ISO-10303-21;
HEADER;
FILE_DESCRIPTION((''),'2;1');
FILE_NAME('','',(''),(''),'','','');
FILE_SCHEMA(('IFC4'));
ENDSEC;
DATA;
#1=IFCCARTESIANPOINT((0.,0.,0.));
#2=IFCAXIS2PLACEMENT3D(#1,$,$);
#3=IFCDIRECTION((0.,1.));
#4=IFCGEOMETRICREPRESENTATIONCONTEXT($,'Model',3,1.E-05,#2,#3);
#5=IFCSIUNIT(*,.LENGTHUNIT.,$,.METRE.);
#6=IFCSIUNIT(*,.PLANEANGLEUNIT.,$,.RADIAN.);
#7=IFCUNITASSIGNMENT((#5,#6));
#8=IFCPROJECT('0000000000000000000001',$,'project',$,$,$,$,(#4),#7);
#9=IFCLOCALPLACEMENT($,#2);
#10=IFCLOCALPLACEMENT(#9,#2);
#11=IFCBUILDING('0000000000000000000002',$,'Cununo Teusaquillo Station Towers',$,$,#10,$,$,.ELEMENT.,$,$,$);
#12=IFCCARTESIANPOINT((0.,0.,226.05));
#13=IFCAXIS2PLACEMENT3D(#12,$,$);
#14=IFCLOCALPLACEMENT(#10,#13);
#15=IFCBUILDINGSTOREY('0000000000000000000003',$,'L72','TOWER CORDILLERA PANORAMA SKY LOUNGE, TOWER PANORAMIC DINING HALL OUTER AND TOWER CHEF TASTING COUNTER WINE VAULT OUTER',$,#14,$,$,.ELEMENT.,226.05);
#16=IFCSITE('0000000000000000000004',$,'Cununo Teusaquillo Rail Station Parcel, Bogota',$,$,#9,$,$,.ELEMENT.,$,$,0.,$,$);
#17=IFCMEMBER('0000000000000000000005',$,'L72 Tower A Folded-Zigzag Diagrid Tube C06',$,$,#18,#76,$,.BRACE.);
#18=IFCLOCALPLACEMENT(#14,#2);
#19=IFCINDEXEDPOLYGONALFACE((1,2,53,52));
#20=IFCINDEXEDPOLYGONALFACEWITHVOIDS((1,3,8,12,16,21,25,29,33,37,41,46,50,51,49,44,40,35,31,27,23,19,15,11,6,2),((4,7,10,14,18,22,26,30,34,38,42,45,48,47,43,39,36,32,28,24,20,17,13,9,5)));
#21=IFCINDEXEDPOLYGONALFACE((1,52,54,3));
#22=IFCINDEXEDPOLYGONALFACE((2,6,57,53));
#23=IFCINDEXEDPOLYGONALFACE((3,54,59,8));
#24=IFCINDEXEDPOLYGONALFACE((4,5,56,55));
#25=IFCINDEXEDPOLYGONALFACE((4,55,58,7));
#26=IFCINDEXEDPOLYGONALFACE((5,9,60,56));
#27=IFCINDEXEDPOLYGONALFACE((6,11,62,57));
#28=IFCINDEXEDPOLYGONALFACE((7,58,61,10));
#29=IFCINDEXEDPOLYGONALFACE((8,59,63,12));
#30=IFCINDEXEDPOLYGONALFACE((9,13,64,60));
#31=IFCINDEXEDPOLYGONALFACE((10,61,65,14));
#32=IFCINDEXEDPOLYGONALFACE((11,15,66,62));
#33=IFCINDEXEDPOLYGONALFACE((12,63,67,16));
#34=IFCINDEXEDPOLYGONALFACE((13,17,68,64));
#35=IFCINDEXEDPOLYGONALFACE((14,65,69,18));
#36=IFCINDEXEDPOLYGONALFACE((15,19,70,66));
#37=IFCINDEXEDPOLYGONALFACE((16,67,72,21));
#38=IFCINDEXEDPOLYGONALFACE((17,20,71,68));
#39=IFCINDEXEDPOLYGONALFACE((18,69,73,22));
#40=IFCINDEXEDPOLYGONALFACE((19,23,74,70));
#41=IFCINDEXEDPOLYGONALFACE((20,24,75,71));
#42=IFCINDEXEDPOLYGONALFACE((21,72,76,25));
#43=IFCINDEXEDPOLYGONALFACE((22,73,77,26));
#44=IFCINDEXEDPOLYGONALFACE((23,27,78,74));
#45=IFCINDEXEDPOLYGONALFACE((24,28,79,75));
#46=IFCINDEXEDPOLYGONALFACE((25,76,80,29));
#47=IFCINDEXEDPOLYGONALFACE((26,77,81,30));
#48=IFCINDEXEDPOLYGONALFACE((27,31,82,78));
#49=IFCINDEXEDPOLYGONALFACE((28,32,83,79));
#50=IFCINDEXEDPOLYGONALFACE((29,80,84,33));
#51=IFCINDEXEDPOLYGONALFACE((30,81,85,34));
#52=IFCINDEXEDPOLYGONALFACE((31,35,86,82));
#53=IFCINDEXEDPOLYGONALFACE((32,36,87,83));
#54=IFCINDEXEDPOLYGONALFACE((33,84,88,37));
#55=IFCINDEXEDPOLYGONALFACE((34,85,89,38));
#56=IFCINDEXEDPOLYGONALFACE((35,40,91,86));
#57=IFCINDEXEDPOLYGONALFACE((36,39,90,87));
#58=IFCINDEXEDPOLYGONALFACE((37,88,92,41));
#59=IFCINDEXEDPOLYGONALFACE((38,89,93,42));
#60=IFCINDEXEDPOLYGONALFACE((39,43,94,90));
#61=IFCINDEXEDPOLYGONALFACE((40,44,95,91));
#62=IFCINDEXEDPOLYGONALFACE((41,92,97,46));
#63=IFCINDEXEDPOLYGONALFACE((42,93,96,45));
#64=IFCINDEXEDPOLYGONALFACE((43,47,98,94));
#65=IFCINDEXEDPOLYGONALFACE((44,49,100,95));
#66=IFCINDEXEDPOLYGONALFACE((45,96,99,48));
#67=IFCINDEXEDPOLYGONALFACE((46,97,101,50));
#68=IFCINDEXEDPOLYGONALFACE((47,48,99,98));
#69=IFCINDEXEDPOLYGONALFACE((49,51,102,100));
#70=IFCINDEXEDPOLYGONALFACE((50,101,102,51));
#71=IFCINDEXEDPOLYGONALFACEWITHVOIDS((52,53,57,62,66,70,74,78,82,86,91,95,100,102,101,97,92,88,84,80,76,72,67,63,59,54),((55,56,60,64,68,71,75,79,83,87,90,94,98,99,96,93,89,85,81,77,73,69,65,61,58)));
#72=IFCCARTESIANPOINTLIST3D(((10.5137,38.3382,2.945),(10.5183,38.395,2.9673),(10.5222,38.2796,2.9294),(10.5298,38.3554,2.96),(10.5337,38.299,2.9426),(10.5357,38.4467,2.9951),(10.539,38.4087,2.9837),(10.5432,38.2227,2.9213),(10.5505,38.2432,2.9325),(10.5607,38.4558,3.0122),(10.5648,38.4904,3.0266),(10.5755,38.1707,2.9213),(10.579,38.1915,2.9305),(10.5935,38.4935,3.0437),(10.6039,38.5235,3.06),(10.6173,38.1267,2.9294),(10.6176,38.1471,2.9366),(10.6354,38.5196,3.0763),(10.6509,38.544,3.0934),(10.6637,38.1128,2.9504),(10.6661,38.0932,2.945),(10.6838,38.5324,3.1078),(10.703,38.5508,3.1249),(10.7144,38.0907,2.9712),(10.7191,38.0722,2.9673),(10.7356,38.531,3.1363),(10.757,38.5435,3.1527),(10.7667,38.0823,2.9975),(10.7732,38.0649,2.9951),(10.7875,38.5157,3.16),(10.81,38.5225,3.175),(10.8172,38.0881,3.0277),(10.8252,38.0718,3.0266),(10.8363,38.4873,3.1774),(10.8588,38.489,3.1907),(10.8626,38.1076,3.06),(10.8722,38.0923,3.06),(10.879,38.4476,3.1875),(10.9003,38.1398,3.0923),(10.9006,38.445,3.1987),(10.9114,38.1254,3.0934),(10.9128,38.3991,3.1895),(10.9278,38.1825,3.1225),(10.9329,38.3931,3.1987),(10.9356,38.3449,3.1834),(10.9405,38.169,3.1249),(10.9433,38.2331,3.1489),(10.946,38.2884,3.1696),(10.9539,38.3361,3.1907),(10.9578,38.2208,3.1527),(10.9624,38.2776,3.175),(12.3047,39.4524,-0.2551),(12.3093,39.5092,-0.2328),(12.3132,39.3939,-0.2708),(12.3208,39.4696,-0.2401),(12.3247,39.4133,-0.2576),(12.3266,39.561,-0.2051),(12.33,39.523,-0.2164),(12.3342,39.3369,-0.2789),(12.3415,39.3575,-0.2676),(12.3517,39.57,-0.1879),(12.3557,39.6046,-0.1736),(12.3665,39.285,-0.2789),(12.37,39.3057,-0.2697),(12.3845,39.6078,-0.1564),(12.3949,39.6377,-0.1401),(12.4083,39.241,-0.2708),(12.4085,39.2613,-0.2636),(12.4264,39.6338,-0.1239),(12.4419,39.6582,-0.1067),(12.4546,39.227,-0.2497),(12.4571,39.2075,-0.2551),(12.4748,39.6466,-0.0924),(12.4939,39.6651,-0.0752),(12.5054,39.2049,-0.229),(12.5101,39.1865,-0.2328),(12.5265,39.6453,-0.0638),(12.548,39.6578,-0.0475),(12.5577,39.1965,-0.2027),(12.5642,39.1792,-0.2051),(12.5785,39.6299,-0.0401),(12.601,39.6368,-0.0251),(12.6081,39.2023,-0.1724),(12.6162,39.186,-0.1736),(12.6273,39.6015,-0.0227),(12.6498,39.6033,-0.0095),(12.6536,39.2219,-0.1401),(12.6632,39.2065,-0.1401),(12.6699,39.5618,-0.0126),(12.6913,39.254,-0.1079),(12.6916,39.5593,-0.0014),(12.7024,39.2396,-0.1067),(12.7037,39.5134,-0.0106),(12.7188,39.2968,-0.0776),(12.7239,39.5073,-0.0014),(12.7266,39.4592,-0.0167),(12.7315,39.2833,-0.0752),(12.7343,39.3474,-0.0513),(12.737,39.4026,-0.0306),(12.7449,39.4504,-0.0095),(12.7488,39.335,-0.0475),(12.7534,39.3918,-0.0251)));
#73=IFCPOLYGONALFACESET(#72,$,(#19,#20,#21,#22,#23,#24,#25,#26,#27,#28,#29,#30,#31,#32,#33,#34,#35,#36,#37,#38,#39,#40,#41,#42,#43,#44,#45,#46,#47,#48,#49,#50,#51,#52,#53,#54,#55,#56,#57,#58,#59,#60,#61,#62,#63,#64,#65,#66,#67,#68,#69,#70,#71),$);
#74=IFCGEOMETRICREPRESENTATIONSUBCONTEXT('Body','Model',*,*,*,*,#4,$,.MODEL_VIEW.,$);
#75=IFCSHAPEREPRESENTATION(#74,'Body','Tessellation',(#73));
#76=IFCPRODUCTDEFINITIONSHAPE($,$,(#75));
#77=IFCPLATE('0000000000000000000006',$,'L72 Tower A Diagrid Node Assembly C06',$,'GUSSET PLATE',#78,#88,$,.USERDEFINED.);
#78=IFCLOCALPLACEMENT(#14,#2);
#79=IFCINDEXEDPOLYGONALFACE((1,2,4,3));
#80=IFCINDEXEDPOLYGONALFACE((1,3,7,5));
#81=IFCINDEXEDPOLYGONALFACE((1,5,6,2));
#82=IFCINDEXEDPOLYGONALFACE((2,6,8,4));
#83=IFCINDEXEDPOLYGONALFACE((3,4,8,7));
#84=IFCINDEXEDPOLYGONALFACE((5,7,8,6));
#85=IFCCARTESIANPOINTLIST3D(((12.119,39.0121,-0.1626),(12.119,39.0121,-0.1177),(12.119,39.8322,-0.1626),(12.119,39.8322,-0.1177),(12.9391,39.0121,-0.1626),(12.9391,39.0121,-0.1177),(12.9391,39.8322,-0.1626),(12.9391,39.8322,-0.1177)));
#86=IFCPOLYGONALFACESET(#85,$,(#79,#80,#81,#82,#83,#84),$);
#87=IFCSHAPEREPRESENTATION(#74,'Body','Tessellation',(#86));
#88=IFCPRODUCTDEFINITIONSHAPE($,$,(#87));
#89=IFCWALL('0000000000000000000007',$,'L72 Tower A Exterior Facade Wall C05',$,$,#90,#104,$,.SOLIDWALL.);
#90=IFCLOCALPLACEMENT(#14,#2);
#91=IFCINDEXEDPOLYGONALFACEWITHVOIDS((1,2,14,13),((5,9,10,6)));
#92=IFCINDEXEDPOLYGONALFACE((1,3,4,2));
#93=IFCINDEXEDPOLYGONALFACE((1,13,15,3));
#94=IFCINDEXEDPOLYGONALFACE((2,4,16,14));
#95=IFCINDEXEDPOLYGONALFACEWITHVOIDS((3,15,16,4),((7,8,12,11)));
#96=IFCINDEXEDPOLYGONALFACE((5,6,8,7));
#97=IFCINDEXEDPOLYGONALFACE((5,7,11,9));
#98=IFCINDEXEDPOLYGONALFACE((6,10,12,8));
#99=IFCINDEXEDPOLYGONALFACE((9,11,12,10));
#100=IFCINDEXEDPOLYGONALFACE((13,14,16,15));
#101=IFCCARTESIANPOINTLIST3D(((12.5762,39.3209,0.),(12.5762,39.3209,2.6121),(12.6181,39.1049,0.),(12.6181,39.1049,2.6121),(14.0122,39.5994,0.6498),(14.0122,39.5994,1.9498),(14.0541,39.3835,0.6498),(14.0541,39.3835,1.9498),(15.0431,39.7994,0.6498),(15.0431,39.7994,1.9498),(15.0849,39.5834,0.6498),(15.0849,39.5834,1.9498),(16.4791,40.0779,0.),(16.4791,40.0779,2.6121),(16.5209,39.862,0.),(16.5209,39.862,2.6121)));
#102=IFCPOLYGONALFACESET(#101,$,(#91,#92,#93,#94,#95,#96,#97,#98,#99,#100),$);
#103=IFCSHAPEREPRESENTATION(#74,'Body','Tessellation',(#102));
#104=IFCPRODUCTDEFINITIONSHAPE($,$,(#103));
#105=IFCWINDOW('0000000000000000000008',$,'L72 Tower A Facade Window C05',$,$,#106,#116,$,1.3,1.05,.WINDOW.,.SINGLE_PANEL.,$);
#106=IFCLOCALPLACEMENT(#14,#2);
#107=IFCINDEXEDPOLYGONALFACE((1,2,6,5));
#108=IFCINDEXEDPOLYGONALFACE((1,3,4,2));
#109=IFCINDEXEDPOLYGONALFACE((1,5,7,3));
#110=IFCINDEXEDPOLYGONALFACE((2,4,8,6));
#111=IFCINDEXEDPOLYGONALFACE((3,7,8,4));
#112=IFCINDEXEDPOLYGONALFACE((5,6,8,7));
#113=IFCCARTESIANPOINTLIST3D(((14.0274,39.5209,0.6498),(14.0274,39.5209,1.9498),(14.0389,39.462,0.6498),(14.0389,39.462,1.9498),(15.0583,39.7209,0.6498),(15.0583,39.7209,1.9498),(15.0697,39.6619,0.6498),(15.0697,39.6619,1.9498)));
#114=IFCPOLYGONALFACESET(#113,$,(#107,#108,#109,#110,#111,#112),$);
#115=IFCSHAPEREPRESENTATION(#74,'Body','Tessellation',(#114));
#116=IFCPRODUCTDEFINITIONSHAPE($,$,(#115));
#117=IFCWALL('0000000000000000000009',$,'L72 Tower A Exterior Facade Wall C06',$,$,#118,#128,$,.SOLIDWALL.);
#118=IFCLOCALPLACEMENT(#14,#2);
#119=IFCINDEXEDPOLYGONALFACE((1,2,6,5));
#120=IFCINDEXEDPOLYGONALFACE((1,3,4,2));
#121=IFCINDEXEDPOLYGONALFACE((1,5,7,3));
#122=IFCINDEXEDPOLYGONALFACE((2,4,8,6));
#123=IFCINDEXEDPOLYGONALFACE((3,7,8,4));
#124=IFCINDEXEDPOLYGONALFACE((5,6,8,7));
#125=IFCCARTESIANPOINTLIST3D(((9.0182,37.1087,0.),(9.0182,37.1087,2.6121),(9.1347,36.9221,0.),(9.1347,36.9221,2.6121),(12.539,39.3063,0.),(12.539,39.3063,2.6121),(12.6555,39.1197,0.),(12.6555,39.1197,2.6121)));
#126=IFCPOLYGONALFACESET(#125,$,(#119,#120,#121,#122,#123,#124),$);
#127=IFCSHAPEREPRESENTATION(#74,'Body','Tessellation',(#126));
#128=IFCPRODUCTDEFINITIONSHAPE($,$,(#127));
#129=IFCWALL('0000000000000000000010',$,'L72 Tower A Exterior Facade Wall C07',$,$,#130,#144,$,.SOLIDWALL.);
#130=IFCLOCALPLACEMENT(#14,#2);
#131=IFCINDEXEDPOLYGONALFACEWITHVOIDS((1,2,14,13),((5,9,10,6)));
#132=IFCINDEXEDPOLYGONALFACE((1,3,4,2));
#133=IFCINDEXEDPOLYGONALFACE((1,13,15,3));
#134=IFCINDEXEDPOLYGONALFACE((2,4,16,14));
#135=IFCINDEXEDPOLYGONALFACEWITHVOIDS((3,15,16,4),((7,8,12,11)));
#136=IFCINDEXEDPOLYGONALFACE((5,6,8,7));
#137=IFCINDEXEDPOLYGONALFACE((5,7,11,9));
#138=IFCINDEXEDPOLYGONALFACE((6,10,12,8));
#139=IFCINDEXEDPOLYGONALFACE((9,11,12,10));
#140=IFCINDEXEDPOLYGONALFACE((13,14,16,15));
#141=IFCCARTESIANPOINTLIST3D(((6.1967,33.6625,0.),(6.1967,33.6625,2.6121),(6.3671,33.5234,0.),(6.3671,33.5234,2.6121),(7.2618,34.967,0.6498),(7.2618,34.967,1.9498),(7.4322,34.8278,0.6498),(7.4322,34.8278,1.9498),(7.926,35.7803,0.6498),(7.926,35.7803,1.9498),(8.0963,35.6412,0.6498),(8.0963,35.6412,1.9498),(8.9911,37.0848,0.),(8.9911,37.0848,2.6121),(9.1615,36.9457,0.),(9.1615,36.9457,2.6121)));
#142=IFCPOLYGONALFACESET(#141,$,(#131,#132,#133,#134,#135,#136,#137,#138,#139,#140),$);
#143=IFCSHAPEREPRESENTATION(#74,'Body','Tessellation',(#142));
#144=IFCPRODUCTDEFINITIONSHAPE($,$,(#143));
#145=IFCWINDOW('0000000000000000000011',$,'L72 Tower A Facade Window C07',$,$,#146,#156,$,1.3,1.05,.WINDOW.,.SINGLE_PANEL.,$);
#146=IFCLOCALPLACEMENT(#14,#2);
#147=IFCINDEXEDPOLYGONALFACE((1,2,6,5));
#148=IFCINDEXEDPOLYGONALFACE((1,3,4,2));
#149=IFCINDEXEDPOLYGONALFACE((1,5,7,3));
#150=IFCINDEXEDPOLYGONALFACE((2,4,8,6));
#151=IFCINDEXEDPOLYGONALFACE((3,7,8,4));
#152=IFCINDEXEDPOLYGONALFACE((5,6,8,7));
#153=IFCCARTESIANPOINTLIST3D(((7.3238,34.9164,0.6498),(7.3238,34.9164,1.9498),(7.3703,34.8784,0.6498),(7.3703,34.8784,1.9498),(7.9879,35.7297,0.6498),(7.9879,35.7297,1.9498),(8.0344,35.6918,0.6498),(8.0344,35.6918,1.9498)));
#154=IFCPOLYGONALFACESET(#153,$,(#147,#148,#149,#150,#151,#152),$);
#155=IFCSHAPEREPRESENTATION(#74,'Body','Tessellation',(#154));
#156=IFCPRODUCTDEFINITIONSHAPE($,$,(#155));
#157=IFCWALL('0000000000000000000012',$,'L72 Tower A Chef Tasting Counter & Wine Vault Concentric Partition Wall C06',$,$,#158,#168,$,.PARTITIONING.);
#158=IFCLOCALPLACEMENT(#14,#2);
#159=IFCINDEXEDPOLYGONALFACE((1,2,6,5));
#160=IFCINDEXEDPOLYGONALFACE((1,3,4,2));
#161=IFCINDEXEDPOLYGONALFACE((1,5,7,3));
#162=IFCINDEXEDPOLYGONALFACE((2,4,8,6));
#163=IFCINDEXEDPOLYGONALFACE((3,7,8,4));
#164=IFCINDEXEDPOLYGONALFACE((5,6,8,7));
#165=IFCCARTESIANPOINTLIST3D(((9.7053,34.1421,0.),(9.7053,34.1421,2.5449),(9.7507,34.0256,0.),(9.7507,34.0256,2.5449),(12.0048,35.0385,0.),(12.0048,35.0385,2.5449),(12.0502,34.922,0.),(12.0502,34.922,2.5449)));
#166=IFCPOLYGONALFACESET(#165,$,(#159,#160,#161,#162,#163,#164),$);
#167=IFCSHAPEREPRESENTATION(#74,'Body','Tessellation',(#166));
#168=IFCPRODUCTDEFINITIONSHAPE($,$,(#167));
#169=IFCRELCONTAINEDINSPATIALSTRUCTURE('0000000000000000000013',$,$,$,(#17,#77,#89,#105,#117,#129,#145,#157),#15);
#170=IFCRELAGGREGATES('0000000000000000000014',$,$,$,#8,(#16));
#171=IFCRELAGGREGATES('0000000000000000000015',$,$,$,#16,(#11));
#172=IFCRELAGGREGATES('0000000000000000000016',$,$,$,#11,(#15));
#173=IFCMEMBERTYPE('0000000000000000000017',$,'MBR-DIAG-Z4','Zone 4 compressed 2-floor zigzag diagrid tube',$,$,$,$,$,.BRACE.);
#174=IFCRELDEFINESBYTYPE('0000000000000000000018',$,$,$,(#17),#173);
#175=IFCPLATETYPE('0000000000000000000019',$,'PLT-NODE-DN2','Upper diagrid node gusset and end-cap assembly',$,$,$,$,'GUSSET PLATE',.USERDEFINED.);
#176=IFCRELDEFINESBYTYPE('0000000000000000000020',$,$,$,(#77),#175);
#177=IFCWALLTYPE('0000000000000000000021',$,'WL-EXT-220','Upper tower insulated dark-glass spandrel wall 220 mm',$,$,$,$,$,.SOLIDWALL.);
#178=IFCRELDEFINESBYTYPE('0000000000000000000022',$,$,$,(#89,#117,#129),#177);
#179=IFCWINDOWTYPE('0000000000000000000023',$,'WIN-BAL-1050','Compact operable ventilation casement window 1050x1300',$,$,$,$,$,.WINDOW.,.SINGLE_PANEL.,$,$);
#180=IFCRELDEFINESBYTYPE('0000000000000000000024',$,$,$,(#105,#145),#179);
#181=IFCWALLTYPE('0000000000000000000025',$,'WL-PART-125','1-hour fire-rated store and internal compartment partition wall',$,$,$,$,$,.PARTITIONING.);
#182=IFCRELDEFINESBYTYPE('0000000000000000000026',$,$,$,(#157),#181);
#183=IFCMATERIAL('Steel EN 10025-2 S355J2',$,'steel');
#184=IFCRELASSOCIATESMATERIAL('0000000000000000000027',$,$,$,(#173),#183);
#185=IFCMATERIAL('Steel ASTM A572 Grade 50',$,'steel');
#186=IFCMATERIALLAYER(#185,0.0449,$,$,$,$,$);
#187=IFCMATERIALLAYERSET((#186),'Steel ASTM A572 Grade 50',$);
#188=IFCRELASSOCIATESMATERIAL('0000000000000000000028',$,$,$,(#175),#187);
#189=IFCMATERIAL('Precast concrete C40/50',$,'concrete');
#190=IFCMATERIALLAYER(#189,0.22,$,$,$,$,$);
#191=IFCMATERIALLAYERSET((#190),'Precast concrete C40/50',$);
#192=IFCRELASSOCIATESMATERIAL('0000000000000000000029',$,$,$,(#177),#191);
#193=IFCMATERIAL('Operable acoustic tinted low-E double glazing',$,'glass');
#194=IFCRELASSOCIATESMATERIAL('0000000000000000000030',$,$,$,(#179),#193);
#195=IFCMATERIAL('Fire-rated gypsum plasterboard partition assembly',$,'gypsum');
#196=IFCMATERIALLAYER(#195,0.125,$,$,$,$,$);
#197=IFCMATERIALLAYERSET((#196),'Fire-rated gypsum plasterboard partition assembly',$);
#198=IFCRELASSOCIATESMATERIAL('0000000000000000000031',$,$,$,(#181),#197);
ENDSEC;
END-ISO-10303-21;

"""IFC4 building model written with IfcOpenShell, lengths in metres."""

from ifc_helpers import new_model, si_unit, direction, frame, frame_2d, origin, origin_2d, place, context, subcontext, project, spatial, rectangle, hollow_circle, extrude, source, transform, mapped, material, layer, layer_set, material_profile, profile_set, type_object, element, fill, save


model = new_model("IFC4")

# Units and contexts
model_context = context("Model", 3, precision=1e-05, world=origin(), true_north=direction((0.0, 1.0)))
body_context = subcontext(model_context, "Body", "Model", "MODEL_VIEW")
ifc_project = project(units=[si_unit("LENGTHUNIT", "METRE"), si_unit("PLANEANGLEUNIT", "RADIAN")], contexts=[model_context])

# Site, building, storey
site_placement = place(None, origin())
site = spatial("IfcSite", under=ifc_project, at=site_placement, Name="Cununo Teusaquillo Rail Station Parcel, Bogota", CompositionType="ELEMENT", RefElevation=0.0)
building_placement = place(site_placement, origin())
building = spatial("IfcBuilding", under=site, at=building_placement, Name="Cununo Teusaquillo Station Towers", CompositionType="ELEMENT")
storey_placement = place(building_placement, frame((0.0, 0.0, 226.05)))
storey = spatial("IfcBuildingStorey", under=building, at=storey_placement, Name="L72", Description="TOWER CORDILLERA PANORAMA SKY LOUNGE, TOWER PANORAMIC DINING HALL OUTER AND TOWER CHEF TASTING COUNTER WINE VAULT OUTER", CompositionType="ELEMENT", Elevation=226.05)

# Member
ifc_material_1 = material(Name="Steel EN 10025-2 S355J2", Category="steel")
ifc_material_profile_1 = material_profile(ifc_material_1, hollow_circle(Radius=0.2539, WallThickness=0.0181, at=origin_2d()), Name="CHS 508x18")
ifc_profile_set_1 = profile_set([ifc_material_profile_1], Name="Steel EN 10025-2 S355J2")
member_type = type_object("IfcMemberType", Name="MBR-DIAG-Z4", Description="Zone 4 compressed 2-floor zigzag diagrid tube", PredefinedType="BRACE", material=ifc_profile_set_1)
member_placement = place(storey_placement, frame((12.5291, 39.4221, -0.1401), z_axis=(-0.467283, -0.290714, 0.834944), x_axis=(0.52825, -0.849089, 0.0)))
element("IfcMember", 1, at=member_placement, inside=storey, type_object=member_type, Name="L72 Tower A Folded-Zigzag Diagrid Tube C06", PredefinedType="BRACE", context=body_context, shape_type="SweptSolid", body=[
    extrude(hollow_circle(Radius=0.2539, WallThickness=0.0181, at=origin_2d()), origin(), (0.0, 0.0, 1.0), 3.8328),
])

# Plate
ifc_material_2 = material(Name="Steel ASTM A572 Grade 50", Category="steel")
ifc_layer_1 = layer(ifc_material_2, 0.0449)
ifc_layer_set_1 = layer_set([ifc_layer_1], Name="Steel ASTM A572 Grade 50")
plate_type = type_object("IfcPlateType", Name="PLT-NODE-DN2", Description="Upper diagrid node gusset and end-cap assembly", ElementType="GUSSET PLATE", PredefinedType="USERDEFINED", material=ifc_layer_set_1)
shared_shape_1 = source(origin(), body_context, "Body", "SweptSolid", [
    extrude(rectangle(XDim=0.8201, YDim=0.8201, at=origin_2d()), origin(), (0.0, 0.0, 1.0), 0.0449),
])
plate_placement = place(storey_placement, frame((12.5291, 39.4221, -0.1626), z_axis=(0.0, 0.0, 1.0), x_axis=(1.0, 0.0, 0.0)))
element("IfcPlate", 2, at=plate_placement, inside=storey, type_object=plate_type, Name="L72 Tower A Diagrid Node Assembly C06", ObjectType="GUSSET PLATE", PredefinedType="USERDEFINED", context=body_context, shape_type="MappedRepresentation", body=[
    mapped(shared_shape_1, transform((0.0, 0.0, 0.0), x_axis=(1.0, 0.0, 0.0), y_axis=(0.0, 1.0, 0.0), z_axis=(0.0, 0.0, 1.0), scale=1.0)),
])

# Wall, opening, window
ifc_material_3 = material(Name="Precast concrete C40/50", Category="concrete")
ifc_layer_2 = layer(ifc_material_3, 0.22)
ifc_layer_set_2 = layer_set([ifc_layer_2], Name="Precast concrete C40/50")
wall_type_1 = type_object("IfcWallType", Name="WL-EXT-220", Description="Upper tower insulated dark-glass spandrel wall 220 mm", PredefinedType="SOLIDWALL", material=ifc_layer_set_2)
wall_1_placement = place(storey_placement, frame((12.5972, 39.2129, 0.0), z_axis=(0.0, 0.0, 1.0), x_axis=(0.9817, 0.190432, 0.0)))
wall_1 = element("IfcWall", 3, at=wall_1_placement, inside=storey, type_object=wall_type_1, Name="L72 Tower A Exterior Facade Wall C05", PredefinedType="SOLIDWALL", context=body_context, shape_type="SweptSolid", body=[
    extrude(rectangle(XDim=3.9756, YDim=0.22, at=frame_2d((1.9878, 0.0))), origin(), (0.0, 0.0, 1.0), 2.6121),
])
shared_shape_2 = source(origin(), body_context, "Body", "SweptSolid", [
    extrude(rectangle(XDim=1.05, YDim=1.3, at=frame_2d((0.5249, 0.6499))), frame((0.0, 0.1199, 0.0), z_axis=(0.0, -1.0, 0.0), x_axis=(1.0, 0.0, 0.0)), (0.0, 0.0, 1.0), 0.24),
])
opening_1_placement = place(wall_1_placement, frame((1.4629, 0.0, 0.6499)))
opening_1 = element("IfcOpeningElement", 4, at=opening_1_placement, cuts=wall_1, PredefinedType="OPENING", context=body_context, shape_type="MappedRepresentation", body=[
    mapped(shared_shape_2, transform((0.0, 0.0, 0.0), x_axis=(1.0, 0.0, 0.0), y_axis=(0.0, 1.0, 0.0), z_axis=(0.0, 0.0, 1.0), scale=1.0)),
])
ifc_material_4 = material(Name="Operable acoustic tinted low-E double glazing", Category="glass")
window_type = type_object("IfcWindowType", Name="WIN-BAL-1050", Description="Compact operable ventilation casement window 1050x1300", PartitioningType="SINGLE_PANEL", PredefinedType="WINDOW", material=ifc_material_4)
shared_shape_3 = source(origin(), body_context, "Body", "SweptSolid", [
    extrude(rectangle(XDim=1.05, YDim=1.3, at=frame_2d((0.5249, 0.6499))), frame((0.0, 0.03, 0.0), z_axis=(0.0, -1.0, 0.0), x_axis=(1.0, 0.0, 0.0)), (0.0, 0.0, 1.0), 0.0601),
])
window_1_placement = place(opening_1_placement, origin())
window_1 = element("IfcWindow", 5, at=window_1_placement, inside=storey, type_object=window_type, Name="L72 Tower A Facade Window C05", OverallHeight=1.3, OverallWidth=1.05, PartitioningType="SINGLE_PANEL", PredefinedType="WINDOW", context=body_context, shape_type="MappedRepresentation", body=[
    mapped(shared_shape_3, transform((0.0, 0.0, 0.0), x_axis=(1.0, 0.0, 0.0), y_axis=(0.0, 1.0, 0.0), z_axis=(0.0, 0.0, 1.0), scale=1.0)),
])
fill(opening_1, window_1)

# Wall
wall_2_placement = place(storey_placement, frame((9.0764, 37.0154, 0.0), z_axis=(0.0, 0.0, 1.0), x_axis=(0.848319, 0.529486, 0.0)))
element("IfcWall", 6, at=wall_2_placement, inside=storey, type_object=wall_type_1, Name="L72 Tower A Exterior Facade Wall C06", PredefinedType="SOLIDWALL", context=body_context, shape_type="SweptSolid", body=[
    extrude(rectangle(XDim=4.1504, YDim=0.22, at=frame_2d((2.0752, 0.0))), origin(), (0.0, 0.0, 1.0), 2.6121),
])

# Wall, opening, window
wall_3_placement = place(storey_placement, frame((6.282, 33.593, 0.0), z_axis=(0.0, 0.0, 1.0), x_axis=(0.632467, 0.774587, 0.0)))
wall_3 = element("IfcWall", 7, at=wall_3_placement, inside=storey, type_object=wall_type_1, Name="L72 Tower A Exterior Facade Wall C07", PredefinedType="SOLIDWALL", context=body_context, shape_type="SweptSolid", body=[
    extrude(rectangle(XDim=4.4182, YDim=0.22, at=frame_2d((2.209, 0.0))), origin(), (0.0, 0.0, 1.0), 2.6121),
])
opening_2_placement = place(wall_3_placement, frame((1.6841, 0.0, 0.6499)))
opening_2 = element("IfcOpeningElement", 8, at=opening_2_placement, cuts=wall_3, PredefinedType="OPENING", context=body_context, shape_type="MappedRepresentation", body=[
    mapped(shared_shape_2, transform((0.0, 0.0, 0.0), x_axis=(1.0, 0.0, 0.0), y_axis=(0.0, 1.0, 0.0), z_axis=(0.0, 0.0, 1.0), scale=1.0)),
])
window_2_placement = place(opening_2_placement, origin())
window_2 = element("IfcWindow", 9, at=window_2_placement, inside=storey, type_object=window_type, Name="L72 Tower A Facade Window C07", OverallHeight=1.3, OverallWidth=1.05, PartitioningType="SINGLE_PANEL", PredefinedType="WINDOW", context=body_context, shape_type="MappedRepresentation", body=[
    mapped(shared_shape_3, transform((0.0, 0.0, 0.0), x_axis=(1.0, 0.0, 0.0), y_axis=(0.0, 1.0, 0.0), z_axis=(0.0, 0.0, 1.0), scale=1.0)),
])
fill(opening_2, window_2)

# Wall
ifc_material_5 = material(Name="Fire-rated gypsum plasterboard partition assembly", Category="gypsum")
ifc_layer_3 = layer(ifc_material_5, 0.125)
ifc_layer_set_3 = layer_set([ifc_layer_3], Name="Fire-rated gypsum plasterboard partition assembly")
wall_type_2 = type_object("IfcWallType", Name="WL-PART-125", Description="1-hour fire-rated store and internal compartment partition wall", PredefinedType="PARTITIONING", material=ifc_layer_set_3)
wall_4_placement = place(storey_placement, frame((12.0273, 34.9802, 0.0), z_axis=(0.0, 0.0, 1.0), x_axis=(-0.931702, -0.363224, 0.0)))
element("IfcWall", 10, at=wall_4_placement, inside=storey, type_object=wall_type_2, Name="L72 Tower A Chef Tasting Counter & Wine Vault Concentric Partition Wall C06", PredefinedType="PARTITIONING", context=body_context, shape_type="SweptSolid", body=[
    extrude(rectangle(XDim=2.468, YDim=0.125, at=frame_2d((1.2339, 0.0))), origin(), (0.0, 0.0, 1.0), 2.5449),
])

save(model, "model.ifc")
